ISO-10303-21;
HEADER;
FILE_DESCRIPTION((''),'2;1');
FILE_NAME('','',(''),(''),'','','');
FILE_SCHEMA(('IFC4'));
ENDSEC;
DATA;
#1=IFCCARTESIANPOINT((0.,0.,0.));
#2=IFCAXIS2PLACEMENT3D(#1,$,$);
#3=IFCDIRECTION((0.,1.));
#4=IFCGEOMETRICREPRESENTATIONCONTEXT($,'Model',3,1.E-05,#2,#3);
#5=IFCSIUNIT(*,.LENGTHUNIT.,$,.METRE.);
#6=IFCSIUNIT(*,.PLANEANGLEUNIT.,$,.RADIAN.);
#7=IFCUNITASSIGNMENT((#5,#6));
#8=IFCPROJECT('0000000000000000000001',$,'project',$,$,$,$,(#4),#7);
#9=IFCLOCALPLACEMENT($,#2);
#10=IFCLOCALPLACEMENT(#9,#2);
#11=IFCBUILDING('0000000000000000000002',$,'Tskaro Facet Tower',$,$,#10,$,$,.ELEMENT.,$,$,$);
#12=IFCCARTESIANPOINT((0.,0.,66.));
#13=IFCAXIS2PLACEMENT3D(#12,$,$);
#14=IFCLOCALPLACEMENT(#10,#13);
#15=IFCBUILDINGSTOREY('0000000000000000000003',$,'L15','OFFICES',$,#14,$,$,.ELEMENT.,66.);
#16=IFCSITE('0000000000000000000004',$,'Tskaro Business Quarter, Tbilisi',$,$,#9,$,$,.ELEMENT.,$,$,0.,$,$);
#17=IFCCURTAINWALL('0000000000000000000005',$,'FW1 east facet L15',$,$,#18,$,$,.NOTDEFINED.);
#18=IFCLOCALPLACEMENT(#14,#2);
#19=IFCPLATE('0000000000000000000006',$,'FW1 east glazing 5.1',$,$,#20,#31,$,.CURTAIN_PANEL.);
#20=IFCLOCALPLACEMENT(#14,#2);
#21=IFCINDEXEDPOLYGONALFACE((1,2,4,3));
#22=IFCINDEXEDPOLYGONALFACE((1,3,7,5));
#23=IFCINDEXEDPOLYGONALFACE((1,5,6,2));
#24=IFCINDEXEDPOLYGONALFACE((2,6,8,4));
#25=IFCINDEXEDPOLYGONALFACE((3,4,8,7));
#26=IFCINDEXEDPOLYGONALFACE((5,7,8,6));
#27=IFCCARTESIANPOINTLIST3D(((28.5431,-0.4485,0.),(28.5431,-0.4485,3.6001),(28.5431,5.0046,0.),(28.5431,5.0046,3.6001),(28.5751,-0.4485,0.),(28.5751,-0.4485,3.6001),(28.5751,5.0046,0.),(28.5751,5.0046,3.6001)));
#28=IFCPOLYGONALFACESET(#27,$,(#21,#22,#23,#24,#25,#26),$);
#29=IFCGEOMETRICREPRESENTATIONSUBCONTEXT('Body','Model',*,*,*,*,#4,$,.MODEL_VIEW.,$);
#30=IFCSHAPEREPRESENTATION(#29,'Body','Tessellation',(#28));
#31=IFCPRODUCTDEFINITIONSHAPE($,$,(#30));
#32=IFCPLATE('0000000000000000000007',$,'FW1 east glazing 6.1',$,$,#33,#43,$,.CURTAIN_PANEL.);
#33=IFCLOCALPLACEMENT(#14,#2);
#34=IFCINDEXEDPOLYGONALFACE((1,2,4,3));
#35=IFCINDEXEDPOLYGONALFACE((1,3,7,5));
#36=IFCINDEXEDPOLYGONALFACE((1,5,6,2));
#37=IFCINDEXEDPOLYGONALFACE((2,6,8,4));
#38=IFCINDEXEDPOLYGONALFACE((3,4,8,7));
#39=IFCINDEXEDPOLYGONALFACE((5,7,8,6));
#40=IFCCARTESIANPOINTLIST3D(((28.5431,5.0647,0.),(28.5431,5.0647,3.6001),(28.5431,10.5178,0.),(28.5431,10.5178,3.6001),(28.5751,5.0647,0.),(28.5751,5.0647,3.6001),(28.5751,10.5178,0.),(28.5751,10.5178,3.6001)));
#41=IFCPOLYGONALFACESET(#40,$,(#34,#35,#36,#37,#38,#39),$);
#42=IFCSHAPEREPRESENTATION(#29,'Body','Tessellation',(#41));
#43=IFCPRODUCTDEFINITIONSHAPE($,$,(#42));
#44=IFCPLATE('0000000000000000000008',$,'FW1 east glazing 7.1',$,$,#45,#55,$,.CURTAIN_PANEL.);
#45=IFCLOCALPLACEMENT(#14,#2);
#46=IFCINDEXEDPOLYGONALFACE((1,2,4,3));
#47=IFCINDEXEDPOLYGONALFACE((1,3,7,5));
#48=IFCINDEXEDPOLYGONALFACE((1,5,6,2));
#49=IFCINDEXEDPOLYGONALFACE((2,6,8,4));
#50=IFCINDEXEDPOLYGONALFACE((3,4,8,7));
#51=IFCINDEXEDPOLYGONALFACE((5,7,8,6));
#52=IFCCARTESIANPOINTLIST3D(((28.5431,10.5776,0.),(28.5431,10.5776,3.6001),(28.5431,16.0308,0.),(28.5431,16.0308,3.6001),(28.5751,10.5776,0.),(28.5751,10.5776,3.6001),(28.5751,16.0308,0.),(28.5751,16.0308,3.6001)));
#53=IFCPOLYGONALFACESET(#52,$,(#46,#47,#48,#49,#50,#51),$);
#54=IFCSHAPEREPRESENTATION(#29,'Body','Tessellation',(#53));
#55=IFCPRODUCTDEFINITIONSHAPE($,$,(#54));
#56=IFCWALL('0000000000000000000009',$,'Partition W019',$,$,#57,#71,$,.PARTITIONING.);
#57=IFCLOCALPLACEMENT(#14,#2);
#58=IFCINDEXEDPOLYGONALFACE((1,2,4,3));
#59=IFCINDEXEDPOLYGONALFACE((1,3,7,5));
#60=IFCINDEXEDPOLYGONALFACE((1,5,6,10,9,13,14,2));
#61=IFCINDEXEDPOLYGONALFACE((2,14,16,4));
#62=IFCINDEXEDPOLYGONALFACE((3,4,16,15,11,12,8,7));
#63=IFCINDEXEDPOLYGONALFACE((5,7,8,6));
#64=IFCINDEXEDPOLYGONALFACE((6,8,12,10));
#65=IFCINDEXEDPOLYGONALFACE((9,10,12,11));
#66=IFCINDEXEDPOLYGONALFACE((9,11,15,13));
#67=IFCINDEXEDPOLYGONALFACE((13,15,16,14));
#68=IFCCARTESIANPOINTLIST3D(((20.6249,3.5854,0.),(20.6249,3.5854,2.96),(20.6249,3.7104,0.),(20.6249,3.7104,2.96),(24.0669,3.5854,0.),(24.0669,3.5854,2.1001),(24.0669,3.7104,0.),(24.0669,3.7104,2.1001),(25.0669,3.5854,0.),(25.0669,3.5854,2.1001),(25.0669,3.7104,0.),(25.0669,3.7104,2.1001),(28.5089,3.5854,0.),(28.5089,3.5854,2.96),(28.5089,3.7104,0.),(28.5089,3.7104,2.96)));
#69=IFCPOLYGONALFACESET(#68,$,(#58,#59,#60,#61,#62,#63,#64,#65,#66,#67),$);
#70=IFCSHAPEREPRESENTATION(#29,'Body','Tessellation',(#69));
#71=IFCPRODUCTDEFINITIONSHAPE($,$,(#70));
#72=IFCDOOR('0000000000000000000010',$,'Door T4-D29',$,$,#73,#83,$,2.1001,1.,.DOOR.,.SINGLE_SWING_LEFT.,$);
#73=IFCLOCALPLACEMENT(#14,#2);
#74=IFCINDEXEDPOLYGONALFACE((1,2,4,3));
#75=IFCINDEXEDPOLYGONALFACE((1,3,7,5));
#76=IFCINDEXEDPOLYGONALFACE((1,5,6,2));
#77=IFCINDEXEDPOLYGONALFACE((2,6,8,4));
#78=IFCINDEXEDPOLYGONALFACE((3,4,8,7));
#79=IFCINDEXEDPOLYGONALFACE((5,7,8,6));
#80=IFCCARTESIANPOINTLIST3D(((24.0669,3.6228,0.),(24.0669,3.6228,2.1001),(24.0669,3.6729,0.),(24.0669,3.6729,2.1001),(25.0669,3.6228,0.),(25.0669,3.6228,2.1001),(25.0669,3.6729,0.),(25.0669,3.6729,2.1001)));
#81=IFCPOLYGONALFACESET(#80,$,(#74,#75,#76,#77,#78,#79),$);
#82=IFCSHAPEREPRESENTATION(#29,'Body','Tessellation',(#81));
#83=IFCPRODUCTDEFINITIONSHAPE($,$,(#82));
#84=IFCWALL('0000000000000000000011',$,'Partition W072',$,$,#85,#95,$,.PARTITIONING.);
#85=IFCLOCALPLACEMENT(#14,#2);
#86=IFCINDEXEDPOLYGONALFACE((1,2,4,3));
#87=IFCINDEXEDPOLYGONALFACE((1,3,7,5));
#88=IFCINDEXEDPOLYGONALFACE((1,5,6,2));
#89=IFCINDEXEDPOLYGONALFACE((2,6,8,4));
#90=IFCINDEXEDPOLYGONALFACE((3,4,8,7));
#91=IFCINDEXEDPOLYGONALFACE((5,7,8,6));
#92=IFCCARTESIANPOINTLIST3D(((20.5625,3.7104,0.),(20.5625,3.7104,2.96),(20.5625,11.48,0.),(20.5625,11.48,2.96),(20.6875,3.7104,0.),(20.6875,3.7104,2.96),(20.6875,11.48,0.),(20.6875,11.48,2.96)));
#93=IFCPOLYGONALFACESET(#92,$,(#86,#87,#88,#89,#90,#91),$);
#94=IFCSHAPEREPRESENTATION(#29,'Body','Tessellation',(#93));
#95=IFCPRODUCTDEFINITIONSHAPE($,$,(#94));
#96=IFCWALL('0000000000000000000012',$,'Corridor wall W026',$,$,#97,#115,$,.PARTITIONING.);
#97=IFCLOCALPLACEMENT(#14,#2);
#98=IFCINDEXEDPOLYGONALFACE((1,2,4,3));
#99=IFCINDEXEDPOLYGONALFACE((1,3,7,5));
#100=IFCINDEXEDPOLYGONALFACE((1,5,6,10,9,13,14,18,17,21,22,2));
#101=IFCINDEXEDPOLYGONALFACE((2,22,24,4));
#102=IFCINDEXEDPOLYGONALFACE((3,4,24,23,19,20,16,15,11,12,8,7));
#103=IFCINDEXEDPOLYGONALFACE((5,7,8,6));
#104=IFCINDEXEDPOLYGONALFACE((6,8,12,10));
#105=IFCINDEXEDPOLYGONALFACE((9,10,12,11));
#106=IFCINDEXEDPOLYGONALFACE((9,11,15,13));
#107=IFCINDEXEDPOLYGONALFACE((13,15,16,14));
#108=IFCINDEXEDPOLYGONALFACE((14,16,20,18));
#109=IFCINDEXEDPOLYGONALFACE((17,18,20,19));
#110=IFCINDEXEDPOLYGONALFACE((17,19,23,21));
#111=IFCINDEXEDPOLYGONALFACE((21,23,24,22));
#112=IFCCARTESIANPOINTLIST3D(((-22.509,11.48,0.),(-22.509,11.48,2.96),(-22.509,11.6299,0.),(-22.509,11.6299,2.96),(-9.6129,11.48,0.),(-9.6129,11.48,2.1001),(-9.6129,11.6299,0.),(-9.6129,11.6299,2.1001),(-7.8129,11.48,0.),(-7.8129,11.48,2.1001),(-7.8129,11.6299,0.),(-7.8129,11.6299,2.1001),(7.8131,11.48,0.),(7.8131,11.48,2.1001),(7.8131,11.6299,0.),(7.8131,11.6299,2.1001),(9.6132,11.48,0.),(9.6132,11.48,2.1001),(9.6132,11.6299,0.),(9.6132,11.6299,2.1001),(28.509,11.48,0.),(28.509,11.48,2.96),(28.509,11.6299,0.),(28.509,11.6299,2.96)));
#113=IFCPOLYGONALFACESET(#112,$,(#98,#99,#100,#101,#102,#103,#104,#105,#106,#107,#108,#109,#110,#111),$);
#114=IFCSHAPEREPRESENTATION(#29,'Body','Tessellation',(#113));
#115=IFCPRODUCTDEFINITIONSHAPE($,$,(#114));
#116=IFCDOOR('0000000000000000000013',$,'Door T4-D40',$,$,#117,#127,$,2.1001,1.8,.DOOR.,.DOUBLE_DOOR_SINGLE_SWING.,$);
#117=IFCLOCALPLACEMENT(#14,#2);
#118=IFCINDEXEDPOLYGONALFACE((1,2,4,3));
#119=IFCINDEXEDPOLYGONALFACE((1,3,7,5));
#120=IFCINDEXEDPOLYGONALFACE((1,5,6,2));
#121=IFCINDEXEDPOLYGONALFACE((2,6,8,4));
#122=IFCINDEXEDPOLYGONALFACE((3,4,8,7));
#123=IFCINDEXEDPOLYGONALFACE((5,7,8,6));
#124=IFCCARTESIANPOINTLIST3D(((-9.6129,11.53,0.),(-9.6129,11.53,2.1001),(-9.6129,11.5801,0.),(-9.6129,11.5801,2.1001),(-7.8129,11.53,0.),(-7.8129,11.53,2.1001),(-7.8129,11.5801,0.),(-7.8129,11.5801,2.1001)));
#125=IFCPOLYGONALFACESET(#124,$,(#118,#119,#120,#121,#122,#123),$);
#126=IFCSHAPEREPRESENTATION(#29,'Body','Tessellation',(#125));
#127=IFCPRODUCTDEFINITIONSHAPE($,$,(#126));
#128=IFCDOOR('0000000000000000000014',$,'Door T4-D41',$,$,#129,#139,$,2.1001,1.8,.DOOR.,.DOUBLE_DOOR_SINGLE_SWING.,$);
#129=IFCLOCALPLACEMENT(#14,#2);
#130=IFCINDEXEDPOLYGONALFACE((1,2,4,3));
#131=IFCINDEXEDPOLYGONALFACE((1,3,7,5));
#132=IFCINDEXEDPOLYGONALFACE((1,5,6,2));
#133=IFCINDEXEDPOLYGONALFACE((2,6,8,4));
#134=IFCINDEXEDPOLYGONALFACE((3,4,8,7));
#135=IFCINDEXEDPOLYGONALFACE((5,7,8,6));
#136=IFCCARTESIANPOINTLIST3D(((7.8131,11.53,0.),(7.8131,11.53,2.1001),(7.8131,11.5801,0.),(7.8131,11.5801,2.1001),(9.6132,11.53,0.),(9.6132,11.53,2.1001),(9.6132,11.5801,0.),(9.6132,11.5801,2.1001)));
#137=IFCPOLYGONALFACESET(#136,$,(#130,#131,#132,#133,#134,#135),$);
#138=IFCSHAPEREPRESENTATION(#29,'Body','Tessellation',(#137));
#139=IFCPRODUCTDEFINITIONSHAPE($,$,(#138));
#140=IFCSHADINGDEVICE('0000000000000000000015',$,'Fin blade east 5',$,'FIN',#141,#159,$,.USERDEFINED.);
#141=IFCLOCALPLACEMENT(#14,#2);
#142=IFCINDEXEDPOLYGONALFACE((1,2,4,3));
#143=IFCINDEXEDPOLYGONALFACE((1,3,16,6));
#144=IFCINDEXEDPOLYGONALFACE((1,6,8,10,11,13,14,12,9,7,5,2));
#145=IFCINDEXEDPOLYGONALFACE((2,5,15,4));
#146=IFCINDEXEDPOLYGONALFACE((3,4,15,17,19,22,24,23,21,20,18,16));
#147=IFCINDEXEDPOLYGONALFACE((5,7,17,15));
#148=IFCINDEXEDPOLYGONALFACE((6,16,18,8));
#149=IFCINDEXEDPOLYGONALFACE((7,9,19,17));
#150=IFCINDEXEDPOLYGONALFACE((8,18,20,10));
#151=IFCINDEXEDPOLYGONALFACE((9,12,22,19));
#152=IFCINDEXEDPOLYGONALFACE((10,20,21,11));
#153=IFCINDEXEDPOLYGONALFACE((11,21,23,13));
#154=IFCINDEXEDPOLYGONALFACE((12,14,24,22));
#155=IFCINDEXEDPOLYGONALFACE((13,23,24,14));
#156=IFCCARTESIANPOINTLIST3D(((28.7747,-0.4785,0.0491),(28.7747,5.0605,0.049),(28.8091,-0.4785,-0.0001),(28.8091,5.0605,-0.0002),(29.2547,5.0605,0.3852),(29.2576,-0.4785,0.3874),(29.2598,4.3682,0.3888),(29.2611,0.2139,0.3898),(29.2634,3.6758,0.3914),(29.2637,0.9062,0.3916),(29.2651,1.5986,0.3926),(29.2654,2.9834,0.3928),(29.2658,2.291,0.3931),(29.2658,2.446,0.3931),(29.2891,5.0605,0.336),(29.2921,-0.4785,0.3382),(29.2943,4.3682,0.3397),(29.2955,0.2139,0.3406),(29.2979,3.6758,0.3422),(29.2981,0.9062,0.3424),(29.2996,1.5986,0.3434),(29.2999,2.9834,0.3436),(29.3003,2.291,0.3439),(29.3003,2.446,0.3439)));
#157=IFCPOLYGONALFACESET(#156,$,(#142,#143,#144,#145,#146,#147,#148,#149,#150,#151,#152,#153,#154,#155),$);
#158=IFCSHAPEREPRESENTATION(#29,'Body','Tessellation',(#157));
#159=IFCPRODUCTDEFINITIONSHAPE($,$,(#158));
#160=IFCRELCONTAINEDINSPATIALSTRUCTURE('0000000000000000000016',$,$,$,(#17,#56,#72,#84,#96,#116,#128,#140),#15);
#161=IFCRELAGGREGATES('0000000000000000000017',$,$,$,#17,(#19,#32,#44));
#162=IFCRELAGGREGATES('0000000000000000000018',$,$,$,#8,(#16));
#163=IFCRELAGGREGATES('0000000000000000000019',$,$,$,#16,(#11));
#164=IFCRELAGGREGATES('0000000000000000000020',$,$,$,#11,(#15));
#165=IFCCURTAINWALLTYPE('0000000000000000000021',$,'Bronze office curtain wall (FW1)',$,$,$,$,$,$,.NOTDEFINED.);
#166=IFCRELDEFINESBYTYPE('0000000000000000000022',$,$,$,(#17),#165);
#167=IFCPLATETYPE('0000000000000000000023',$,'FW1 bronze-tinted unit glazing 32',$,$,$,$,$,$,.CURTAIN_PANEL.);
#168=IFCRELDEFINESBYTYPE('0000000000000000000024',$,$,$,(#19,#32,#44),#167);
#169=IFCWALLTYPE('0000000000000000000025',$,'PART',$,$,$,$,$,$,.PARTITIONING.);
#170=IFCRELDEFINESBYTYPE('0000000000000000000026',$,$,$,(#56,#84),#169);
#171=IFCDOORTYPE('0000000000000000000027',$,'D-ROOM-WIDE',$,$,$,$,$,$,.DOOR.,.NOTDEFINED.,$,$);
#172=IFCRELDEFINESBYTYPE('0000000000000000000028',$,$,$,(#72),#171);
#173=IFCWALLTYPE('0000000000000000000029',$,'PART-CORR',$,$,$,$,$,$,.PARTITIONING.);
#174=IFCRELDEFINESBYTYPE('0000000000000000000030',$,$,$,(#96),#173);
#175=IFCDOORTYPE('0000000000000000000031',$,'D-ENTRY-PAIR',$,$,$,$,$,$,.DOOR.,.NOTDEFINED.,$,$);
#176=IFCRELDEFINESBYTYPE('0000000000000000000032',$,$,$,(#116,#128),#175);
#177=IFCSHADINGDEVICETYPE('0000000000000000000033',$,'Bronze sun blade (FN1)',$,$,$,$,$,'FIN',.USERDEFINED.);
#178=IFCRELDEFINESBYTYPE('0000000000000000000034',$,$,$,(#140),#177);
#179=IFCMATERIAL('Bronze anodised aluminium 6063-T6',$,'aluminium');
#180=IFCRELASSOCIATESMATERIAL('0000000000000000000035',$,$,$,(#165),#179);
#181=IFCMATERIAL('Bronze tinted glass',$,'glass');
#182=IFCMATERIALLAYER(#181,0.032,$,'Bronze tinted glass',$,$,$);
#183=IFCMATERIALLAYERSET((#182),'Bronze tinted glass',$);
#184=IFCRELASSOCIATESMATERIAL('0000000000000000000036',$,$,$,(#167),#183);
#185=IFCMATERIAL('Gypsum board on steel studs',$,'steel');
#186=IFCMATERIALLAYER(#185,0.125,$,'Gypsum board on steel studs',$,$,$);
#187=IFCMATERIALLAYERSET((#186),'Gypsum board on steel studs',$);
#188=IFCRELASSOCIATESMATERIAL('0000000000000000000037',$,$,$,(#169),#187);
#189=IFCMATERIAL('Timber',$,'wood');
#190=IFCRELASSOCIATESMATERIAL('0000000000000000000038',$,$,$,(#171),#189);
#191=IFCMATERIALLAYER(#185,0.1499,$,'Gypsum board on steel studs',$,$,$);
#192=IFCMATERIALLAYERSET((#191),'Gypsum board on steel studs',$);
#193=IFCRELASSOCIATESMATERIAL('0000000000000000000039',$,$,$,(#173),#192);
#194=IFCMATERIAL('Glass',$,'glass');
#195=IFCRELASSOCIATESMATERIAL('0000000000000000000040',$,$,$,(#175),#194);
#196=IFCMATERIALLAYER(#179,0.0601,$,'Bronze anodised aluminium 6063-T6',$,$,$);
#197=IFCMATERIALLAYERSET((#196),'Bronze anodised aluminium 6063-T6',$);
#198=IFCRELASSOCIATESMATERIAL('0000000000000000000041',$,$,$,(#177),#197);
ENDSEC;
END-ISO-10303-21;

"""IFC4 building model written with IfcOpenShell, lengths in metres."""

from ifc_helpers import new_model, si_unit, direction, frame, frame_2d, origin, origin_2d, place, context, subcontext, project, spatial, polyline, rectangle, outline, extrude, material, layer, layer_set, type_object, element, fill, aggregate, save


model = new_model("IFC4")

# Units and contexts
model_context = context("Model", 3, precision=1e-05, world=origin(), true_north=direction((0.0, 1.0)))
body_context = subcontext(model_context, "Body", "Model", "MODEL_VIEW")
ifc_project = project(units=[si_unit("LENGTHUNIT", "METRE"), si_unit("PLANEANGLEUNIT", "RADIAN")], contexts=[model_context])

# Site, building, storey
site_placement = place(None, origin())
site = spatial("IfcSite", under=ifc_project, at=site_placement, Name="Tskaro Business Quarter, Tbilisi", CompositionType="ELEMENT", RefElevation=0.0)
building_placement = place(site_placement, origin())
building = spatial("IfcBuilding", under=site, at=building_placement, Name="Tskaro Facet Tower", CompositionType="ELEMENT")
storey_placement = place(building_placement, frame((0.0, 0.0, 66.0)))
storey = spatial("IfcBuildingStorey", under=building, at=storey_placement, Name="L15", Description="OFFICES", CompositionType="ELEMENT", Elevation=66.0)

# Curtain wall
ifc_material_1 = material(Name="Bronze anodised aluminium 6063-T6", Category="aluminium")
curtain_wall_type = type_object("IfcCurtainWallType", Name="Bronze office curtain wall (FW1)", PredefinedType="NOTDEFINED", material=ifc_material_1)
curtain_wall_placement = place(storey_placement, origin())
curtain_wall = element("IfcCurtainWall", 1, at=curtain_wall_placement, inside=storey, type_object=curtain_wall_type, Name="FW1 east facet L15", PredefinedType="NOTDEFINED")

# Plates
ifc_material_2 = material(Name="Bronze tinted glass", Category="glass")
ifc_layer_1 = layer(ifc_material_2, 0.032, Name="Bronze tinted glass")
ifc_layer_set_1 = layer_set([ifc_layer_1], Name="Bronze tinted glass")
plate_type = type_object("IfcPlateType", Name="FW1 bronze-tinted unit glazing 32", PredefinedType="CURTAIN_PANEL", material=ifc_layer_set_1)
plate_1_placement = place(storey_placement, frame((28.5591, 2.2781, 0.0), z_axis=(0.0, 0.0, 1.0), x_axis=(0.0, 1.0, 0.0)))
plate_1 = element("IfcPlate", 2, at=plate_1_placement, type_object=plate_type, Name="FW1 east glazing 5.1", PredefinedType="CURTAIN_PANEL", context=body_context, shape_type="SweptSolid", body=[
    extrude(rectangle(XDim=5.4531, YDim=0.032, at=origin_2d()), origin(), (0.0, 0.0, 1.0), 3.6001),
])
plate_2_placement = place(storey_placement, frame((28.5591, 7.7913, 0.0), z_axis=(0.0, 0.0, 1.0), x_axis=(0.0, 1.0, 0.0)))
plate_2 = element("IfcPlate", 3, at=plate_2_placement, type_object=plate_type, Name="FW1 east glazing 6.1", PredefinedType="CURTAIN_PANEL", context=body_context, shape_type="SweptSolid", body=[
    extrude(rectangle(XDim=5.4531, YDim=0.032, at=origin_2d()), origin(), (0.0, 0.0, 1.0), 3.6001),
])
plate_3_placement = place(storey_placement, frame((28.5591, 13.3042, 0.0), z_axis=(0.0, 0.0, 1.0), x_axis=(0.0, 1.0, 0.0)))
plate_3 = element("IfcPlate", 4, at=plate_3_placement, type_object=plate_type, Name="FW1 east glazing 7.1", PredefinedType="CURTAIN_PANEL", context=body_context, shape_type="SweptSolid", body=[
    extrude(rectangle(XDim=5.4531, YDim=0.032, at=origin_2d()), origin(), (0.0, 0.0, 1.0), 3.6001),
])
aggregate(curtain_wall, [plate_1, plate_2, plate_3])

# Wall, opening, door
ifc_material_3 = material(Name="Gypsum board on steel studs", Category="steel")
ifc_layer_2 = layer(ifc_material_3, 0.125, Name="Gypsum board on steel studs")
ifc_layer_set_2 = layer_set([ifc_layer_2], Name="Gypsum board on steel studs")
wall_type_1 = type_object("IfcWallType", Name="PART", PredefinedType="PARTITIONING", material=ifc_layer_set_2)
wall_1_placement = place(storey_placement, frame((20.625, 3.6479, 0.0), z_axis=(0.0, 0.0, 1.0), x_axis=(1.0, 0.0, 0.0)))
wall_1 = element("IfcWall", 5, at=wall_1_placement, inside=storey, type_object=wall_type_1, Name="Partition W019", PredefinedType="PARTITIONING", context=body_context, shape_type="SweptSolid", body=[
    extrude(rectangle(XDim=7.884, YDim=0.125, at=frame_2d((3.9419, 0.0))), origin(), (0.0, 0.0, 1.0), 2.96),
])
opening_1_placement = place(wall_1_placement, frame((3.4419, 0.0, 0.0)))
opening_1 = element("IfcOpeningElement", 6, at=opening_1_placement, cuts=wall_1, PredefinedType="OPENING", context=body_context, shape_type="SweptSolid", body=[
    extrude(rectangle(XDim=1.0, YDim=2.1001, at=frame_2d((0.5, 1.05))), frame((0.0, 0.0725, 0.0), z_axis=(0.0, -1.0, 0.0), x_axis=(1.0, 0.0, 0.0)), (0.0, 0.0, 1.0), 0.145),
])
ifc_material_4 = material(Name="Timber", Category="wood")
door_type_1 = type_object("IfcDoorType", Name="D-ROOM-WIDE", OperationType="NOTDEFINED", PredefinedType="DOOR", material=ifc_material_4)
door_1_placement = place(opening_1_placement, origin())
door_1 = element("IfcDoor", 7, at=door_1_placement, inside=storey, type_object=door_type_1, Name="Door T4-D29", OperationType="SINGLE_SWING_LEFT", OverallHeight=2.1001, OverallWidth=1.0, PredefinedType="DOOR", context=body_context, shape_type="SweptSolid", body=[
    extrude(rectangle(XDim=1.0, YDim=2.1001, at=frame_2d((0.5, 1.05))), frame((0.0, 0.0249, 0.0), z_axis=(0.0, -1.0, 0.0), x_axis=(1.0, 0.0, 0.0)), (0.0, 0.0, 1.0), 0.05),
])
fill(opening_1, door_1)

# Wall
wall_2_placement = place(storey_placement, frame((20.625, 3.7104, 0.0), z_axis=(0.0, 0.0, 1.0), x_axis=(0.0, 1.0, 0.0)))
element("IfcWall", 8, at=wall_2_placement, inside=storey, type_object=wall_type_1, Name="Partition W072", PredefinedType="PARTITIONING", context=body_context, shape_type="SweptSolid", body=[
    extrude(rectangle(XDim=7.7695, YDim=0.125, at=frame_2d((3.8848, 0.0))), origin(), (0.0, 0.0, 1.0), 2.96),
])

# Wall, openings, doors
ifc_layer_3 = layer(ifc_material_3, 0.1499, Name="Gypsum board on steel studs")
ifc_layer_set_3 = layer_set([ifc_layer_3], Name="Gypsum board on steel studs")
wall_type_2 = type_object("IfcWallType", Name="PART-CORR", PredefinedType="PARTITIONING", material=ifc_layer_set_3)
wall_3_placement = place(storey_placement, frame((28.509, 11.5549, 0.0), z_axis=(0.0, 0.0, 1.0), x_axis=(-1.0, 0.0, 0.0)))
wall_3 = element("IfcWall", 9, at=wall_3_placement, inside=storey, type_object=wall_type_2, Name="Corridor wall W026", PredefinedType="PARTITIONING", context=body_context, shape_type="SweptSolid", body=[
    extrude(rectangle(XDim=51.0181, YDim=0.1499, at=frame_2d((25.509, 0.0))), origin(), (0.0, 0.0, 1.0), 2.96),
])
opening_2_placement = place(wall_3_placement, frame((36.322, 0.0, 0.0)))
opening_2 = element("IfcOpeningElement", 10, at=opening_2_placement, cuts=wall_3, PredefinedType="OPENING", context=body_context, shape_type="SweptSolid", body=[
    extrude(rectangle(XDim=1.8, YDim=2.1001, at=frame_2d((0.8999, 1.05))), frame((0.0, 0.085, 0.0), z_axis=(0.0, -1.0, 0.0), x_axis=(1.0, 0.0, 0.0)), (0.0, 0.0, 1.0), 0.1699),
])
opening_3_placement = place(wall_3_placement, frame((18.896, 0.0, 0.0)))
opening_3 = element("IfcOpeningElement", 11, at=opening_3_placement, cuts=wall_3, PredefinedType="OPENING", context=body_context, shape_type="SweptSolid", body=[
    extrude(rectangle(XDim=1.8, YDim=2.1001, at=frame_2d((0.8999, 1.05))), frame((0.0, 0.085, 0.0), z_axis=(0.0, -1.0, 0.0), x_axis=(1.0, 0.0, 0.0)), (0.0, 0.0, 1.0), 0.1699),
])
ifc_material_5 = material(Name="Glass", Category="glass")
door_type_2 = type_object("IfcDoorType", Name="D-ENTRY-PAIR", OperationType="NOTDEFINED", PredefinedType="DOOR", material=ifc_material_5)
door_2_placement = place(opening_2_placement, origin())
door_2 = element("IfcDoor", 12, at=door_2_placement, inside=storey, type_object=door_type_2, Name="Door T4-D40", OperationType="DOUBLE_DOOR_SINGLE_SWING", OverallHeight=2.1001, OverallWidth=1.8, PredefinedType="DOOR", context=body_context, shape_type="SweptSolid", body=[
    extrude(rectangle(XDim=1.8, YDim=2.1001, at=frame_2d((0.8999, 1.05))), frame((0.0, 0.0249, 0.0), z_axis=(0.0, -1.0, 0.0), x_axis=(1.0, 0.0, 0.0)), (0.0, 0.0, 1.0), 0.05),
])
fill(opening_2, door_2)
door_3_placement = place(opening_3_placement, origin())
door_3 = element("IfcDoor", 13, at=door_3_placement, inside=storey, type_object=door_type_2, Name="Door T4-D41", OperationType="DOUBLE_DOOR_SINGLE_SWING", OverallHeight=2.1001, OverallWidth=1.8, PredefinedType="DOOR", context=body_context, shape_type="SweptSolid", body=[
    extrude(rectangle(XDim=1.8, YDim=2.1001, at=frame_2d((0.8999, 1.05))), frame((0.0, 0.0249, 0.0), z_axis=(0.0, -1.0, 0.0), x_axis=(1.0, 0.0, 0.0)), (0.0, 0.0, 1.0), 0.05),
])
fill(opening_3, door_3)

# Shading device
ifc_layer_4 = layer(ifc_material_1, 0.0601, Name="Bronze anodised aluminium 6063-T6")
ifc_layer_set_4 = layer_set([ifc_layer_4], Name="Bronze anodised aluminium 6063-T6")
shading_device_type = type_object("IfcShadingDeviceType", Name="Bronze sun blade (FN1)", ElementType="FIN", PredefinedType="USERDEFINED", material=ifc_layer_set_4)
shading_device_1_placement = place(storey_placement, frame((28.7747, -0.4785, 0.0491), z_axis=(-0.573722, 0.000011, 0.81905), x_axis=(0.000006, 1.0, -0.000009)))
element("IfcShadingDevice", 14, at=shading_device_1_placement, inside=storey, type_object=shading_device_type, Name="Fin blade east 5", ObjectType="FIN", PredefinedType="USERDEFINED", context=body_context, shape_type="SweptSolid", body=[
    extrude(outline(polyline([(0.0, 0.0), (5.5391, 0.0), (5.5391, -0.586), (4.8467, -0.5923), (4.1543, -0.5967), (3.4619, -0.5991), (2.9246, -0.5997), (2.7695, -0.5997), (2.0771, -0.5988), (1.3848, -0.597), (0.6924, -0.5939), (0.0, -0.5897), (0.0, 0.0)])), origin(), (0.0, 0.0, -1.0), 0.0601),
])

save(model, "model.ifc")
